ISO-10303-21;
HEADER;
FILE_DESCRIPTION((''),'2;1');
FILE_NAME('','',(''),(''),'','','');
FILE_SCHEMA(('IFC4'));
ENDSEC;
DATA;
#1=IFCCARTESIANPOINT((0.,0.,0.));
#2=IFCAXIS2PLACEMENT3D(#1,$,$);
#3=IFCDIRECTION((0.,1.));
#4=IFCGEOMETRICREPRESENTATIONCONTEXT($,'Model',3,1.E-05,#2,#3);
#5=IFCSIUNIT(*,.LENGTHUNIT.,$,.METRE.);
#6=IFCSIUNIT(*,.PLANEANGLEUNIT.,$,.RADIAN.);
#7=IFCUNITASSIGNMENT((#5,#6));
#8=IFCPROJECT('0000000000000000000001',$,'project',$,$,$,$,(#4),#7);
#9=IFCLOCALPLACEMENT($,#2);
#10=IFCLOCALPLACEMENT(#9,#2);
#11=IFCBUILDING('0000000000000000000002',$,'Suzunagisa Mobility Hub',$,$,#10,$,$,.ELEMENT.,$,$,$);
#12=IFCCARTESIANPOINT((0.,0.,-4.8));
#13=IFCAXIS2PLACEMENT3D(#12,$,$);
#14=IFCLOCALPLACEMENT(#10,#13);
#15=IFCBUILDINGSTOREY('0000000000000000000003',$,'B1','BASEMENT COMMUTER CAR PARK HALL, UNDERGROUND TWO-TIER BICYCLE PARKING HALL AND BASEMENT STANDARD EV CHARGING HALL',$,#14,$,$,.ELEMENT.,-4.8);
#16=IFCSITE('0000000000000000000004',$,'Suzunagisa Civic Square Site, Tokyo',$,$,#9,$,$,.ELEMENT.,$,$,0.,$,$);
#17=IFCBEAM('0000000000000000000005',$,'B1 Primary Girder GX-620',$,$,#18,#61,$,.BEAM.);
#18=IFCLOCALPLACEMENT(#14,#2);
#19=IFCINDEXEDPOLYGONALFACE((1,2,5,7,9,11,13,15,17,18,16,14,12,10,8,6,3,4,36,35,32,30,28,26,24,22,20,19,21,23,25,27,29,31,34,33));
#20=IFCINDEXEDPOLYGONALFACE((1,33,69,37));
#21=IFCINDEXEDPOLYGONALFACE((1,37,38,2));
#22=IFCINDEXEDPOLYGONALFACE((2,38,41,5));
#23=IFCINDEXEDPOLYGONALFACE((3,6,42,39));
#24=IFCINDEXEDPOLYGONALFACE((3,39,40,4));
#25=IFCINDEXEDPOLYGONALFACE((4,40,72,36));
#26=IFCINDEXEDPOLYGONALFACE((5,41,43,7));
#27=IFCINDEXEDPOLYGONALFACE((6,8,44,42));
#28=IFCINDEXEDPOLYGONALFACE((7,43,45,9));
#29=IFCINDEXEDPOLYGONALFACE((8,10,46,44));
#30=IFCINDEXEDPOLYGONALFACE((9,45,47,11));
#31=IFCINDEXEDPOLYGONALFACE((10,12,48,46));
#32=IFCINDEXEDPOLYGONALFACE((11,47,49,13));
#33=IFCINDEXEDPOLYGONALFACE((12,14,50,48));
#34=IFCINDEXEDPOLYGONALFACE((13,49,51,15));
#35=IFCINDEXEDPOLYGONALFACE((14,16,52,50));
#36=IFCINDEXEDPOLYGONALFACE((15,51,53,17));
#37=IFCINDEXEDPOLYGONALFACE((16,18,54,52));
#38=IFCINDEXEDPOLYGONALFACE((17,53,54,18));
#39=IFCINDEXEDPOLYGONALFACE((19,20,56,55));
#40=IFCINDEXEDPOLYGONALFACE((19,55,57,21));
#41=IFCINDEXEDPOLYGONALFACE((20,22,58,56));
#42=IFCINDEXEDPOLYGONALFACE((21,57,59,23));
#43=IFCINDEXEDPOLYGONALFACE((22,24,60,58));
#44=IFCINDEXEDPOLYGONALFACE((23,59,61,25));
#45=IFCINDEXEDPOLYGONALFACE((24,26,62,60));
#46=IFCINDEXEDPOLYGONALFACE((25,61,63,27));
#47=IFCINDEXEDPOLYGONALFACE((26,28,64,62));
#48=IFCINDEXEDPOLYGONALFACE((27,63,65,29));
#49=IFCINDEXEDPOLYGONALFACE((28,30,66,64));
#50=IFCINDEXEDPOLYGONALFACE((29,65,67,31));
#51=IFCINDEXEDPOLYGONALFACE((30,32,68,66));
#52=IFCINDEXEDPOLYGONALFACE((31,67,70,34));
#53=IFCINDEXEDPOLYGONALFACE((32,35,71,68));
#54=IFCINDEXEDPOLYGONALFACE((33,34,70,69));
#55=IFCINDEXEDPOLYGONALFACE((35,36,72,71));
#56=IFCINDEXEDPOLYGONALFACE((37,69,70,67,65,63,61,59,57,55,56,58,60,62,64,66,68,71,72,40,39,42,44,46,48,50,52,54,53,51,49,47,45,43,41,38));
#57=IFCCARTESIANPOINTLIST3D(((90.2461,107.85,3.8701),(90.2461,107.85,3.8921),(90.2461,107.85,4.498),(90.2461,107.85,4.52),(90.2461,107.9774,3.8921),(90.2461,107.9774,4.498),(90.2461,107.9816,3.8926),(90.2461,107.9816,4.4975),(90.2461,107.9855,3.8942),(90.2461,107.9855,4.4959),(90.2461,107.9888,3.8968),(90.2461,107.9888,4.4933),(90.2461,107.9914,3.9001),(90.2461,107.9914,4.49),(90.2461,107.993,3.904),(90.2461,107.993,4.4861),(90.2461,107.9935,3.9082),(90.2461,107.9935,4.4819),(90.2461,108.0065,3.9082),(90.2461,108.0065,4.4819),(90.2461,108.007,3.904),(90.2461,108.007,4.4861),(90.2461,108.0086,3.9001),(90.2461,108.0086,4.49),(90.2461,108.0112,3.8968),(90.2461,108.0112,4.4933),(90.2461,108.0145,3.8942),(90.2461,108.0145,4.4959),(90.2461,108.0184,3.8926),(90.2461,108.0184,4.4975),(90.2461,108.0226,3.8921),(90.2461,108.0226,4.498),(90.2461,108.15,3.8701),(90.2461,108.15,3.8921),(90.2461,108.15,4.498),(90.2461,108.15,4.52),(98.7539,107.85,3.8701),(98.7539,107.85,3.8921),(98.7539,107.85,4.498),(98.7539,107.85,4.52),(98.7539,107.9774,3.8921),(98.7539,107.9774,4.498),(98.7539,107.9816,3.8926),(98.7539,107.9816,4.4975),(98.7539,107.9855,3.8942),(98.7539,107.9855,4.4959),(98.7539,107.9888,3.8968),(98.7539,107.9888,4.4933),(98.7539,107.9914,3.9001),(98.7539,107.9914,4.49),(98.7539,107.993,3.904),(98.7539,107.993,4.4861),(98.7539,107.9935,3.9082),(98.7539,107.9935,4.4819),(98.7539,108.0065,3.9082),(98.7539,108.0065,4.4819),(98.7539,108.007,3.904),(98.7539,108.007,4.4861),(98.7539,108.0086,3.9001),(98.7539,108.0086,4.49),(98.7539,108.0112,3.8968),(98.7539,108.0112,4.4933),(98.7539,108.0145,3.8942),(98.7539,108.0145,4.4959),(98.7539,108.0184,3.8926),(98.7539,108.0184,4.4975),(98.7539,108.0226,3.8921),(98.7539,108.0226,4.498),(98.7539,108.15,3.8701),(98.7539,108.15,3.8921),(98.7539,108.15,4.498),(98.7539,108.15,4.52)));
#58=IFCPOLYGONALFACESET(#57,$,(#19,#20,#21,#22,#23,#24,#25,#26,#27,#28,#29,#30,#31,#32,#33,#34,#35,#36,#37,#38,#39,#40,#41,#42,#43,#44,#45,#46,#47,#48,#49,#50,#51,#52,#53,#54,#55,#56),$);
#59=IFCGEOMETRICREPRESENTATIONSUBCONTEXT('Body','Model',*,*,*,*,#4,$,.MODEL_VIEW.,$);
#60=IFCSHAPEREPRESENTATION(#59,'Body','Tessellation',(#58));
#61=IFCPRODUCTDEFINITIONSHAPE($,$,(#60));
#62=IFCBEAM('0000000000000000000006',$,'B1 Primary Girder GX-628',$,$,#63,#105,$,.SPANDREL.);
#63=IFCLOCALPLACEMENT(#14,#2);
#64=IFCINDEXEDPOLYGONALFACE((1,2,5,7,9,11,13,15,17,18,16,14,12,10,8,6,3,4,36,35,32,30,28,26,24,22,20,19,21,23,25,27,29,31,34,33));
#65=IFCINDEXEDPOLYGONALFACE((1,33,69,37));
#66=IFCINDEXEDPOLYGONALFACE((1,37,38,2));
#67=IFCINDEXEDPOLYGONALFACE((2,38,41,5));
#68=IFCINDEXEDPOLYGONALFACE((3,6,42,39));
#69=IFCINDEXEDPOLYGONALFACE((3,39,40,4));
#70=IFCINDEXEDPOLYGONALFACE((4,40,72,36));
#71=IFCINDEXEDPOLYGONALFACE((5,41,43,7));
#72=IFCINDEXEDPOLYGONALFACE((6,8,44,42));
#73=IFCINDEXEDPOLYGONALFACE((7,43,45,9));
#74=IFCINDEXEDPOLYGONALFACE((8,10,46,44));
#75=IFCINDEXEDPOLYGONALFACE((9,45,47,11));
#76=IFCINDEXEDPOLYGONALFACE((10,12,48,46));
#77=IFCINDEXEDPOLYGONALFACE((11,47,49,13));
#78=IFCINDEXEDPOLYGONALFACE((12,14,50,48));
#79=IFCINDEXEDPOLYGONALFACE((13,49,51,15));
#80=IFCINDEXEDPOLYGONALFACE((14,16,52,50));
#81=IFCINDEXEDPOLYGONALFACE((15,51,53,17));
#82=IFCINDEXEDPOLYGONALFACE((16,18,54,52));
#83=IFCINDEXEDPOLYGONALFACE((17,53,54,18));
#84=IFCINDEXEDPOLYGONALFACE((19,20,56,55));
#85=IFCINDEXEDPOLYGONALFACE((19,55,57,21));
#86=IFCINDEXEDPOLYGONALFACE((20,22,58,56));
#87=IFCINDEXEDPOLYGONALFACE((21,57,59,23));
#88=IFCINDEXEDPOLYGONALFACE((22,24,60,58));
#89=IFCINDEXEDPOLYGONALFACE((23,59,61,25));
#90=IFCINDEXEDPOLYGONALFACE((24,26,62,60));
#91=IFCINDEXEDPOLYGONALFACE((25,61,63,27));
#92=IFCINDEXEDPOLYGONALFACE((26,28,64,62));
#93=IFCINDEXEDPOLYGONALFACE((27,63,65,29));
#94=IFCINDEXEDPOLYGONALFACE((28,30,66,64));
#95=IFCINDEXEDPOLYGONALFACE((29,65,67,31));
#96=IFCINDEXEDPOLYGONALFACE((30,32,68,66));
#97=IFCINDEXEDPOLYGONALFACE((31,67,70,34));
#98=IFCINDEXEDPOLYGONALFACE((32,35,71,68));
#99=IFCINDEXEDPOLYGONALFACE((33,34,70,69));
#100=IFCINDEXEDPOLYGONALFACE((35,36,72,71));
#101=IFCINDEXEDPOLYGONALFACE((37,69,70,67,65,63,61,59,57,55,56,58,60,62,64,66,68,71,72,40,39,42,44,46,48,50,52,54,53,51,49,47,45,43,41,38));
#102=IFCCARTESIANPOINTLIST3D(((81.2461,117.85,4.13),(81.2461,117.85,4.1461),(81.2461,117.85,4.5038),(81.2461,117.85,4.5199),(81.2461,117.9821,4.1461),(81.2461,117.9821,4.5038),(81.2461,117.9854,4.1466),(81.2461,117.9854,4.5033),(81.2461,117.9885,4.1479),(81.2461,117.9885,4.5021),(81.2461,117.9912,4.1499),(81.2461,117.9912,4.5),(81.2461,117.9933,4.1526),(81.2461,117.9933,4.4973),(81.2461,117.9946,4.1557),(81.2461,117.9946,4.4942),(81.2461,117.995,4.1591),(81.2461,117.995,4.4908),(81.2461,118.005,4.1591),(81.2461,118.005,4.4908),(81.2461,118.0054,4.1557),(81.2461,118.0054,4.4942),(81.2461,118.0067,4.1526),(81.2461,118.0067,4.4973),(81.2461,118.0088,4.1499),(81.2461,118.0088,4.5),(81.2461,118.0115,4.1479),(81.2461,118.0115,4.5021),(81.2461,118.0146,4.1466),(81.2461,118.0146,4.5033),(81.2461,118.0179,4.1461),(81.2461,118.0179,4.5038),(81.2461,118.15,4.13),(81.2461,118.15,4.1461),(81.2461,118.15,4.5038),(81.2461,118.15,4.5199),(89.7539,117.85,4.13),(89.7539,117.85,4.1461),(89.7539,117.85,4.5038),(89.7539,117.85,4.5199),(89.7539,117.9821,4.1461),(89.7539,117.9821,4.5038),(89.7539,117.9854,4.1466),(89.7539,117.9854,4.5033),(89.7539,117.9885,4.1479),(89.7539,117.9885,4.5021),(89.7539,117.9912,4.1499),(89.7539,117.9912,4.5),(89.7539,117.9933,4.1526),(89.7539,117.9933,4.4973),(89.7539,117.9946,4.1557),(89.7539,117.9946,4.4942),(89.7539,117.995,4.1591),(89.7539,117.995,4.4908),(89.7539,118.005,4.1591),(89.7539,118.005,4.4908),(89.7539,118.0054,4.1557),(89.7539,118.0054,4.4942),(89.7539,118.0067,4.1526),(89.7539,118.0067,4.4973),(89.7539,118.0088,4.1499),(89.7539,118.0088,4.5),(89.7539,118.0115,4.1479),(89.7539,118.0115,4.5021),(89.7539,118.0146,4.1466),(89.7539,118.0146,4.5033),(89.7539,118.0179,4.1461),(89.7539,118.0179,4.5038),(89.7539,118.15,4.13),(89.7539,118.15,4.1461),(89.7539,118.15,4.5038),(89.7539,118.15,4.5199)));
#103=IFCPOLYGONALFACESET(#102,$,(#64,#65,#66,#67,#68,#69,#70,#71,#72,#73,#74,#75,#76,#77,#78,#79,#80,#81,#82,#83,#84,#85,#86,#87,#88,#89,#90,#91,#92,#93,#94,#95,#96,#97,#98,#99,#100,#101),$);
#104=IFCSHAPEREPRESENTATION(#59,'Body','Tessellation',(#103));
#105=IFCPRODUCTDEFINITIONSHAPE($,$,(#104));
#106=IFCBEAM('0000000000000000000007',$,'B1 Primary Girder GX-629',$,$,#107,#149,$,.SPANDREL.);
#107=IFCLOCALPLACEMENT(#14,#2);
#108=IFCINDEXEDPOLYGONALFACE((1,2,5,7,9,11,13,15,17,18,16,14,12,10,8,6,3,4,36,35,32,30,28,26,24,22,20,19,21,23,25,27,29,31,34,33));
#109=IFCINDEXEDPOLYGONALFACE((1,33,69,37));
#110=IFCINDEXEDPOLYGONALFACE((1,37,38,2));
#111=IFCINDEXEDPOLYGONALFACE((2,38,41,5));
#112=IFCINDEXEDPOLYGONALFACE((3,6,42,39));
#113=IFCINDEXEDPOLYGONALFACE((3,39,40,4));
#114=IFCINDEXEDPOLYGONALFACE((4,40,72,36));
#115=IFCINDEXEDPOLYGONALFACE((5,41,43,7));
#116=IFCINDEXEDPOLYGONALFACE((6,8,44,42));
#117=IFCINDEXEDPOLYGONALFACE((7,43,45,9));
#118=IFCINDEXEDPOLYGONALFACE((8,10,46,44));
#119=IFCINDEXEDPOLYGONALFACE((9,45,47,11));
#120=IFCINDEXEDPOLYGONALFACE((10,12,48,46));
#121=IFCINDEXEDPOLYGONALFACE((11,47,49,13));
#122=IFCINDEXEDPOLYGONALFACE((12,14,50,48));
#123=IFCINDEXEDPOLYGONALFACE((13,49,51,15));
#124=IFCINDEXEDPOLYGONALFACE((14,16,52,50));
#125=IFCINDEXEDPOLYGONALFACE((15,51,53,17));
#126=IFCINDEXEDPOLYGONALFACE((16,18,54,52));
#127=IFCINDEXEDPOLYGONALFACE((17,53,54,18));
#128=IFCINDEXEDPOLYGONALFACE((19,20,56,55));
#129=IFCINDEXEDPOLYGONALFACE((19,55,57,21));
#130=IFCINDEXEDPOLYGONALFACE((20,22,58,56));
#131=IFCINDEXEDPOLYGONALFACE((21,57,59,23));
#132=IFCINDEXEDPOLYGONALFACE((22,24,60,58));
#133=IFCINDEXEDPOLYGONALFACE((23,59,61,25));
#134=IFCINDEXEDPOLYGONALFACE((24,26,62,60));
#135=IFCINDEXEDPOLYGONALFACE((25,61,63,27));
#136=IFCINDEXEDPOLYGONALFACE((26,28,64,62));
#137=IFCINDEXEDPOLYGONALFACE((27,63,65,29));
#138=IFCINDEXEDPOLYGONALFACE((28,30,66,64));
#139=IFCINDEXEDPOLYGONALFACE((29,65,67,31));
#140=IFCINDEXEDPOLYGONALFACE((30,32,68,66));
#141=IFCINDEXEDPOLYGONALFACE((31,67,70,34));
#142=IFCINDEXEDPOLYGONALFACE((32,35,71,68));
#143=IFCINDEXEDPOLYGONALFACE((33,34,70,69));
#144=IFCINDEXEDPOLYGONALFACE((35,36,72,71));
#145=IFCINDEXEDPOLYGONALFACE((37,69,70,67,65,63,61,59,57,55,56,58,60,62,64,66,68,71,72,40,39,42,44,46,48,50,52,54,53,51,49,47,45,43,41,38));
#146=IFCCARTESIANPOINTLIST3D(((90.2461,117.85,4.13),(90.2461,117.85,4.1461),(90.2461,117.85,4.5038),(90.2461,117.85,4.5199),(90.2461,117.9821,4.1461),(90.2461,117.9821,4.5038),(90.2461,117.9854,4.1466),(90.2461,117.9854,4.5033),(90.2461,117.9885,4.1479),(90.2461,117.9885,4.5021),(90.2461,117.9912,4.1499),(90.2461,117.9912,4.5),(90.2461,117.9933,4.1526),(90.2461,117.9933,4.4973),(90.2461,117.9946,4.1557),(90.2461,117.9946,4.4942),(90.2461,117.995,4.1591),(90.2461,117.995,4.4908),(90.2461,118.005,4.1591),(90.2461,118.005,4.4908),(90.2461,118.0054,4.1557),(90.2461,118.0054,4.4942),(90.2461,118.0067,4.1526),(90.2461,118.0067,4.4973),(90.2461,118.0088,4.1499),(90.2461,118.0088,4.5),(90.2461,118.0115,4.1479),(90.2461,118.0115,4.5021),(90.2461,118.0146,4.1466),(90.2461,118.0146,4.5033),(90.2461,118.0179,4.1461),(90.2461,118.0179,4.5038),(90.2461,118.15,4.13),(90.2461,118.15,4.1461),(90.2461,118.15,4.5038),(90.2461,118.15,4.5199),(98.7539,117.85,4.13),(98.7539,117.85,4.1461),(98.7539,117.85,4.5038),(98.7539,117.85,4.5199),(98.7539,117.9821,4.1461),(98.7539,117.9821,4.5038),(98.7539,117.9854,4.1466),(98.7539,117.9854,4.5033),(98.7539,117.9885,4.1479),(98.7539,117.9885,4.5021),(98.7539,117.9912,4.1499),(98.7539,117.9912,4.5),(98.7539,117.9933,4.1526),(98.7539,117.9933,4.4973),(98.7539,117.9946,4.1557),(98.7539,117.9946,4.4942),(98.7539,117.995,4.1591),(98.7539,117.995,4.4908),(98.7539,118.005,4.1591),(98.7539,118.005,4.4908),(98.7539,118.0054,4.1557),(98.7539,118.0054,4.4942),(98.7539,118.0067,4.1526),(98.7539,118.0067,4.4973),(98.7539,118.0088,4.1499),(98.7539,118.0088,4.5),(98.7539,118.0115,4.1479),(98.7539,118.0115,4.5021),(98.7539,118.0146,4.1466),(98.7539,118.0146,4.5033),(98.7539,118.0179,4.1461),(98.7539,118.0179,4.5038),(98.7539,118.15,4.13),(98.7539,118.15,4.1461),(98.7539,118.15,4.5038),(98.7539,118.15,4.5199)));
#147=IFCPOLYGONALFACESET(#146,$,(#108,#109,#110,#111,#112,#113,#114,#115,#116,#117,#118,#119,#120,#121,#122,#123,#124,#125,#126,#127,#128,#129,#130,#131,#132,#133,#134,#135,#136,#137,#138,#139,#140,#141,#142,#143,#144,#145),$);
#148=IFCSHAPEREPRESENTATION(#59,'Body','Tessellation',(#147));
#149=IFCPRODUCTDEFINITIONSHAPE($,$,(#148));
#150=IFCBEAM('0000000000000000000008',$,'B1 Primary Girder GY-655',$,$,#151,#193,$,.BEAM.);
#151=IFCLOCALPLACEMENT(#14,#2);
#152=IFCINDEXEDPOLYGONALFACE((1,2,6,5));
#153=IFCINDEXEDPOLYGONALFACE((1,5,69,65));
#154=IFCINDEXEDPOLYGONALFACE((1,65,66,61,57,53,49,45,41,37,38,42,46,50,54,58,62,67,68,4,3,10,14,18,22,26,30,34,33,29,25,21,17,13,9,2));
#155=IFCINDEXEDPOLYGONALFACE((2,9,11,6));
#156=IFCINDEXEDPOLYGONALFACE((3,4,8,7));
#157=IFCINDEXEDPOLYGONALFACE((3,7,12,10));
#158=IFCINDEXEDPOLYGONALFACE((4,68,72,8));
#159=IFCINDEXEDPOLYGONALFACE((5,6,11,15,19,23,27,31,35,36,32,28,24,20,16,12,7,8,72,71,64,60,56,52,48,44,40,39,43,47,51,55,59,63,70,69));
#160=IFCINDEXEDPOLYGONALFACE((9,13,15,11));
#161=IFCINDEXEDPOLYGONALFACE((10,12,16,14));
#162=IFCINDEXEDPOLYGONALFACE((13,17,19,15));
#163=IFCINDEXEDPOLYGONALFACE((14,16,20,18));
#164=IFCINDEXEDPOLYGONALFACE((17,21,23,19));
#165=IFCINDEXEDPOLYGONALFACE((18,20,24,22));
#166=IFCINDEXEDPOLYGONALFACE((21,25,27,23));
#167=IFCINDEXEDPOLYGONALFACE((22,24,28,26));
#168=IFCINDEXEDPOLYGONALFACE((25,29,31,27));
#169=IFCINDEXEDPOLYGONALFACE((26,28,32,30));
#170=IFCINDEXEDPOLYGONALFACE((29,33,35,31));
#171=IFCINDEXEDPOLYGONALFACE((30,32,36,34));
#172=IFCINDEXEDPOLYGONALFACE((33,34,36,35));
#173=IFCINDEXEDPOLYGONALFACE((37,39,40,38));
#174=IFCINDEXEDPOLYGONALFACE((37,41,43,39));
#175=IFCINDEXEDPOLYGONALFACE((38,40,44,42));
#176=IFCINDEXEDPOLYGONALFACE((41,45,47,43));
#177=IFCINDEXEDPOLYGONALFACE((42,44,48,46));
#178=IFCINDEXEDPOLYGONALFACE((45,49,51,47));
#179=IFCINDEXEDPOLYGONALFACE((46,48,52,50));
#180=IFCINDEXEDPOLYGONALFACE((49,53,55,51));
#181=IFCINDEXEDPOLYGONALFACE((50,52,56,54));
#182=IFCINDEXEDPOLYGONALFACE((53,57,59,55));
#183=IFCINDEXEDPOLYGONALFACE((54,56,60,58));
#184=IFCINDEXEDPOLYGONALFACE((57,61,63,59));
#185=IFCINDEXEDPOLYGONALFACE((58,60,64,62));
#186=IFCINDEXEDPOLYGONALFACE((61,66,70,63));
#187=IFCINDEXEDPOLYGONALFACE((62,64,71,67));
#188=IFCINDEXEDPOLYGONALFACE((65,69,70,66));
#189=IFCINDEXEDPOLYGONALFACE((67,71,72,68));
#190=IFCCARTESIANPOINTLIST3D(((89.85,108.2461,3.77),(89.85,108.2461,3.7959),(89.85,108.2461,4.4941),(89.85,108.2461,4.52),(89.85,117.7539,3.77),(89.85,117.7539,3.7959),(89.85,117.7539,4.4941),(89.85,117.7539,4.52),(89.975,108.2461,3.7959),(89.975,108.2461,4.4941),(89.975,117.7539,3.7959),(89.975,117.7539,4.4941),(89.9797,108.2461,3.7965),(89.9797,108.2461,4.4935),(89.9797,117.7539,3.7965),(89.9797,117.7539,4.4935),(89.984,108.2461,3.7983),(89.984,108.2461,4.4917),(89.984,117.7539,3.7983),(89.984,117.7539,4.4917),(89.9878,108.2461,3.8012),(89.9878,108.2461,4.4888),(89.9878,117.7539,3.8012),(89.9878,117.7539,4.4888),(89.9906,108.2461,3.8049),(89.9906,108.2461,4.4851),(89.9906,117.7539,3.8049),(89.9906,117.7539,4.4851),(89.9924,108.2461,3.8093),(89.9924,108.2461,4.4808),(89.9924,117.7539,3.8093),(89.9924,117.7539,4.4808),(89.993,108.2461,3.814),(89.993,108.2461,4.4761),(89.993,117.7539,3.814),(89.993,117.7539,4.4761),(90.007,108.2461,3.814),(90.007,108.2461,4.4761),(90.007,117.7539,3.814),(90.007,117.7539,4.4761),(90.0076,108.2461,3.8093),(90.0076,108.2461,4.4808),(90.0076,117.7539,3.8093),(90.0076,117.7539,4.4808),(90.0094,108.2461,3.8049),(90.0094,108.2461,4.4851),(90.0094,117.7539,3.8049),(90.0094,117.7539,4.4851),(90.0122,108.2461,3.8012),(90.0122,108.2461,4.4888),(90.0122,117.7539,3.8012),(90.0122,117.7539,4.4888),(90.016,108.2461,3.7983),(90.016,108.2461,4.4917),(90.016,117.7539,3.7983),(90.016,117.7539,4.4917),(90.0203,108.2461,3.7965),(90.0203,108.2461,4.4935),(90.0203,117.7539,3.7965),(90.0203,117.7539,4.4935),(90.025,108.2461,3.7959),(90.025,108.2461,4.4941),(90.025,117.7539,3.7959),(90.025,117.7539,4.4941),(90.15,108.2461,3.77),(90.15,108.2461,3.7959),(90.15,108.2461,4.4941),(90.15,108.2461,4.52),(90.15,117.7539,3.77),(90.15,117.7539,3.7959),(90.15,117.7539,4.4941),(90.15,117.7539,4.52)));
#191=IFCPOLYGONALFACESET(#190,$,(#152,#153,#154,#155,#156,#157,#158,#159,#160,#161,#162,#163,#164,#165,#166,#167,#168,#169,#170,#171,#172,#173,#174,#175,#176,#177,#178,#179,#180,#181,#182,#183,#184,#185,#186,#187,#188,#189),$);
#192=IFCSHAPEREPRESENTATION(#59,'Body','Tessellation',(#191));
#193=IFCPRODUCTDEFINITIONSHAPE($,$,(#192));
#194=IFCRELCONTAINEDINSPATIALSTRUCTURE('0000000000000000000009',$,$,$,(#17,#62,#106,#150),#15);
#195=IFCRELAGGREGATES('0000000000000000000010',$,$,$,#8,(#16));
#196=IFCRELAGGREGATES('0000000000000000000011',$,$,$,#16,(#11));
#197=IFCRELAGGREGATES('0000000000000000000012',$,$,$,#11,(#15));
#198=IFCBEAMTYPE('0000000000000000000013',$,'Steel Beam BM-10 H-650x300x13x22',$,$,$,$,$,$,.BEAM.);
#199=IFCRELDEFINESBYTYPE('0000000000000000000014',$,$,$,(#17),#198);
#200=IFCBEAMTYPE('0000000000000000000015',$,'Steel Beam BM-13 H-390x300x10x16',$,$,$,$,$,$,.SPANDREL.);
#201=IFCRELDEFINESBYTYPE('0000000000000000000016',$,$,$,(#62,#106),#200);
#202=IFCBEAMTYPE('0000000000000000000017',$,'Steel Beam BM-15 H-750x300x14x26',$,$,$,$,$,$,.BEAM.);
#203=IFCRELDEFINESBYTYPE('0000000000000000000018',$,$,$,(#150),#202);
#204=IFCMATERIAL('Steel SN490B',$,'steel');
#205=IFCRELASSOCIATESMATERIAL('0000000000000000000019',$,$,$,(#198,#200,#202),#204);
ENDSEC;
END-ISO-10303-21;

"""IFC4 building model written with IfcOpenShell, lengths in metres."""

from ifc_helpers import new_model, si_unit, direction, frame, origin, origin_2d, place, context, subcontext, project, spatial, i_section, extrude, material, material_profile, profile_set, type_object, element, save


model = new_model("IFC4")

# Units and contexts
model_context = context("Model", 3, precision=1e-05, world=origin(), true_north=direction((0.0, 1.0)))
body_context = subcontext(model_context, "Body", "Model", "MODEL_VIEW")
ifc_project = project(units=[si_unit("LENGTHUNIT", "METRE"), si_unit("PLANEANGLEUNIT", "RADIAN")], contexts=[model_context])

# Site, building, storey
site_placement = place(None, origin())
site = spatial("IfcSite", under=ifc_project, at=site_placement, Name="Suzunagisa Civic Square Site, Tokyo", CompositionType="ELEMENT", RefElevation=0.0)
building_placement = place(site_placement, origin())
building = spatial("IfcBuilding", under=site, at=building_placement, Name="Suzunagisa Mobility Hub", CompositionType="ELEMENT")
storey_placement = place(building_placement, frame((0.0, 0.0, -4.8)))
storey = spatial("IfcBuildingStorey", under=building, at=storey_placement, Name="B1", Description="BASEMENT COMMUTER CAR PARK HALL, UNDERGROUND TWO-TIER BICYCLE PARKING HALL AND BASEMENT STANDARD EV CHARGING HALL", CompositionType="ELEMENT", Elevation=-4.8)

# Shared definitions
ifc_material_1 = material(Name="Steel SN490B", Category="steel")

# Beams
ifc_material_profile_1 = material_profile(ifc_material_1, i_section(OverallWidth=0.3, OverallDepth=0.6499, WebThickness=0.0129, FlangeThickness=0.022, FilletRadius=0.0161, at=origin_2d()), Name="H-650x300x13x22")
ifc_profile_set_1 = profile_set([ifc_material_profile_1], Name="Steel SN490B")
beam_type_1 = type_object("IfcBeamType", Name="Steel Beam BM-10 H-650x300x13x22", PredefinedType="BEAM", material=ifc_profile_set_1)
beam_1_placement = place(storey_placement, frame((90.2461, 108.0, 4.1951), z_axis=(1.0, 0.0, 0.0), x_axis=(0.0, 1.0, 0.0)))
element("IfcBeam", 1, at=beam_1_placement, inside=storey, type_object=beam_type_1, Name="B1 Primary Girder GX-620", PredefinedType="BEAM", context=body_context, shape_type="SweptSolid", body=[
    extrude(i_section(OverallWidth=0.3, OverallDepth=0.6499, WebThickness=0.0129, FlangeThickness=0.022, FilletRadius=0.0161, at=origin_2d()), origin(), (0.0, 0.0, 1.0), 8.5078),
])
ifc_material_profile_2 = material_profile(ifc_material_1, i_section(OverallWidth=0.3, OverallDepth=0.3899, WebThickness=0.01, FlangeThickness=0.0161, FilletRadius=0.0129, at=origin_2d()), Name="H-390x300x10x16")
ifc_profile_set_2 = profile_set([ifc_material_profile_2], Name="Steel SN490B")
beam_type_2 = type_object("IfcBeamType", Name="Steel Beam BM-13 H-390x300x10x16", PredefinedType="SPANDREL", material=ifc_profile_set_2)
for number, where, z_axis, x_axis, name in (
    (2, (81.2461, 118.0, 4.325), (1.0, 0.0, 0.0), (0.0, 1.0, 0.0), "B1 Primary Girder GX-628"),
    (3, (90.2461, 118.0, 4.325), (1.0, 0.0, 0.0), (0.0, 1.0, 0.0), "B1 Primary Girder GX-629"),
):
    element("IfcBeam", number, at=place(storey_placement, frame(where, z_axis=z_axis, x_axis=x_axis)), inside=storey, type_object=beam_type_2, Name=name, PredefinedType="SPANDREL", context=body_context, shape_type="SweptSolid", body=[
        extrude(i_section(OverallWidth=0.3, OverallDepth=0.3899, WebThickness=0.01, FlangeThickness=0.0161, FilletRadius=0.0129, at=origin_2d()), origin(), (0.0, 0.0, 1.0), 8.5078),
    ])
ifc_material_profile_3 = material_profile(ifc_material_1, i_section(OverallWidth=0.3, OverallDepth=0.75, WebThickness=0.0139, FlangeThickness=0.0259, FilletRadius=0.0181, at=origin_2d()), Name="H-750x300x14x26")
ifc_profile_set_3 = profile_set([ifc_material_profile_3], Name="Steel SN490B")
beam_type_3 = type_object("IfcBeamType", Name="Steel Beam BM-15 H-750x300x14x26", PredefinedType="BEAM", material=ifc_profile_set_3)
beam_2_placement = place(storey_placement, frame((90.0, 108.2461, 4.145), z_axis=(0.0, 1.0, 0.0), x_axis=(-1.0, 0.0, 0.0)))
element("IfcBeam", 4, at=beam_2_placement, inside=storey, type_object=beam_type_3, Name="B1 Primary Girder GY-655", PredefinedType="BEAM", context=body_context, shape_type="SweptSolid", body=[
    extrude(i_section(OverallWidth=0.3, OverallDepth=0.75, WebThickness=0.0139, FlangeThickness=0.0259, FilletRadius=0.0181, at=origin_2d()), origin(), (0.0, 0.0, 1.0), 9.5078),
])

save(model, "model.ifc")
